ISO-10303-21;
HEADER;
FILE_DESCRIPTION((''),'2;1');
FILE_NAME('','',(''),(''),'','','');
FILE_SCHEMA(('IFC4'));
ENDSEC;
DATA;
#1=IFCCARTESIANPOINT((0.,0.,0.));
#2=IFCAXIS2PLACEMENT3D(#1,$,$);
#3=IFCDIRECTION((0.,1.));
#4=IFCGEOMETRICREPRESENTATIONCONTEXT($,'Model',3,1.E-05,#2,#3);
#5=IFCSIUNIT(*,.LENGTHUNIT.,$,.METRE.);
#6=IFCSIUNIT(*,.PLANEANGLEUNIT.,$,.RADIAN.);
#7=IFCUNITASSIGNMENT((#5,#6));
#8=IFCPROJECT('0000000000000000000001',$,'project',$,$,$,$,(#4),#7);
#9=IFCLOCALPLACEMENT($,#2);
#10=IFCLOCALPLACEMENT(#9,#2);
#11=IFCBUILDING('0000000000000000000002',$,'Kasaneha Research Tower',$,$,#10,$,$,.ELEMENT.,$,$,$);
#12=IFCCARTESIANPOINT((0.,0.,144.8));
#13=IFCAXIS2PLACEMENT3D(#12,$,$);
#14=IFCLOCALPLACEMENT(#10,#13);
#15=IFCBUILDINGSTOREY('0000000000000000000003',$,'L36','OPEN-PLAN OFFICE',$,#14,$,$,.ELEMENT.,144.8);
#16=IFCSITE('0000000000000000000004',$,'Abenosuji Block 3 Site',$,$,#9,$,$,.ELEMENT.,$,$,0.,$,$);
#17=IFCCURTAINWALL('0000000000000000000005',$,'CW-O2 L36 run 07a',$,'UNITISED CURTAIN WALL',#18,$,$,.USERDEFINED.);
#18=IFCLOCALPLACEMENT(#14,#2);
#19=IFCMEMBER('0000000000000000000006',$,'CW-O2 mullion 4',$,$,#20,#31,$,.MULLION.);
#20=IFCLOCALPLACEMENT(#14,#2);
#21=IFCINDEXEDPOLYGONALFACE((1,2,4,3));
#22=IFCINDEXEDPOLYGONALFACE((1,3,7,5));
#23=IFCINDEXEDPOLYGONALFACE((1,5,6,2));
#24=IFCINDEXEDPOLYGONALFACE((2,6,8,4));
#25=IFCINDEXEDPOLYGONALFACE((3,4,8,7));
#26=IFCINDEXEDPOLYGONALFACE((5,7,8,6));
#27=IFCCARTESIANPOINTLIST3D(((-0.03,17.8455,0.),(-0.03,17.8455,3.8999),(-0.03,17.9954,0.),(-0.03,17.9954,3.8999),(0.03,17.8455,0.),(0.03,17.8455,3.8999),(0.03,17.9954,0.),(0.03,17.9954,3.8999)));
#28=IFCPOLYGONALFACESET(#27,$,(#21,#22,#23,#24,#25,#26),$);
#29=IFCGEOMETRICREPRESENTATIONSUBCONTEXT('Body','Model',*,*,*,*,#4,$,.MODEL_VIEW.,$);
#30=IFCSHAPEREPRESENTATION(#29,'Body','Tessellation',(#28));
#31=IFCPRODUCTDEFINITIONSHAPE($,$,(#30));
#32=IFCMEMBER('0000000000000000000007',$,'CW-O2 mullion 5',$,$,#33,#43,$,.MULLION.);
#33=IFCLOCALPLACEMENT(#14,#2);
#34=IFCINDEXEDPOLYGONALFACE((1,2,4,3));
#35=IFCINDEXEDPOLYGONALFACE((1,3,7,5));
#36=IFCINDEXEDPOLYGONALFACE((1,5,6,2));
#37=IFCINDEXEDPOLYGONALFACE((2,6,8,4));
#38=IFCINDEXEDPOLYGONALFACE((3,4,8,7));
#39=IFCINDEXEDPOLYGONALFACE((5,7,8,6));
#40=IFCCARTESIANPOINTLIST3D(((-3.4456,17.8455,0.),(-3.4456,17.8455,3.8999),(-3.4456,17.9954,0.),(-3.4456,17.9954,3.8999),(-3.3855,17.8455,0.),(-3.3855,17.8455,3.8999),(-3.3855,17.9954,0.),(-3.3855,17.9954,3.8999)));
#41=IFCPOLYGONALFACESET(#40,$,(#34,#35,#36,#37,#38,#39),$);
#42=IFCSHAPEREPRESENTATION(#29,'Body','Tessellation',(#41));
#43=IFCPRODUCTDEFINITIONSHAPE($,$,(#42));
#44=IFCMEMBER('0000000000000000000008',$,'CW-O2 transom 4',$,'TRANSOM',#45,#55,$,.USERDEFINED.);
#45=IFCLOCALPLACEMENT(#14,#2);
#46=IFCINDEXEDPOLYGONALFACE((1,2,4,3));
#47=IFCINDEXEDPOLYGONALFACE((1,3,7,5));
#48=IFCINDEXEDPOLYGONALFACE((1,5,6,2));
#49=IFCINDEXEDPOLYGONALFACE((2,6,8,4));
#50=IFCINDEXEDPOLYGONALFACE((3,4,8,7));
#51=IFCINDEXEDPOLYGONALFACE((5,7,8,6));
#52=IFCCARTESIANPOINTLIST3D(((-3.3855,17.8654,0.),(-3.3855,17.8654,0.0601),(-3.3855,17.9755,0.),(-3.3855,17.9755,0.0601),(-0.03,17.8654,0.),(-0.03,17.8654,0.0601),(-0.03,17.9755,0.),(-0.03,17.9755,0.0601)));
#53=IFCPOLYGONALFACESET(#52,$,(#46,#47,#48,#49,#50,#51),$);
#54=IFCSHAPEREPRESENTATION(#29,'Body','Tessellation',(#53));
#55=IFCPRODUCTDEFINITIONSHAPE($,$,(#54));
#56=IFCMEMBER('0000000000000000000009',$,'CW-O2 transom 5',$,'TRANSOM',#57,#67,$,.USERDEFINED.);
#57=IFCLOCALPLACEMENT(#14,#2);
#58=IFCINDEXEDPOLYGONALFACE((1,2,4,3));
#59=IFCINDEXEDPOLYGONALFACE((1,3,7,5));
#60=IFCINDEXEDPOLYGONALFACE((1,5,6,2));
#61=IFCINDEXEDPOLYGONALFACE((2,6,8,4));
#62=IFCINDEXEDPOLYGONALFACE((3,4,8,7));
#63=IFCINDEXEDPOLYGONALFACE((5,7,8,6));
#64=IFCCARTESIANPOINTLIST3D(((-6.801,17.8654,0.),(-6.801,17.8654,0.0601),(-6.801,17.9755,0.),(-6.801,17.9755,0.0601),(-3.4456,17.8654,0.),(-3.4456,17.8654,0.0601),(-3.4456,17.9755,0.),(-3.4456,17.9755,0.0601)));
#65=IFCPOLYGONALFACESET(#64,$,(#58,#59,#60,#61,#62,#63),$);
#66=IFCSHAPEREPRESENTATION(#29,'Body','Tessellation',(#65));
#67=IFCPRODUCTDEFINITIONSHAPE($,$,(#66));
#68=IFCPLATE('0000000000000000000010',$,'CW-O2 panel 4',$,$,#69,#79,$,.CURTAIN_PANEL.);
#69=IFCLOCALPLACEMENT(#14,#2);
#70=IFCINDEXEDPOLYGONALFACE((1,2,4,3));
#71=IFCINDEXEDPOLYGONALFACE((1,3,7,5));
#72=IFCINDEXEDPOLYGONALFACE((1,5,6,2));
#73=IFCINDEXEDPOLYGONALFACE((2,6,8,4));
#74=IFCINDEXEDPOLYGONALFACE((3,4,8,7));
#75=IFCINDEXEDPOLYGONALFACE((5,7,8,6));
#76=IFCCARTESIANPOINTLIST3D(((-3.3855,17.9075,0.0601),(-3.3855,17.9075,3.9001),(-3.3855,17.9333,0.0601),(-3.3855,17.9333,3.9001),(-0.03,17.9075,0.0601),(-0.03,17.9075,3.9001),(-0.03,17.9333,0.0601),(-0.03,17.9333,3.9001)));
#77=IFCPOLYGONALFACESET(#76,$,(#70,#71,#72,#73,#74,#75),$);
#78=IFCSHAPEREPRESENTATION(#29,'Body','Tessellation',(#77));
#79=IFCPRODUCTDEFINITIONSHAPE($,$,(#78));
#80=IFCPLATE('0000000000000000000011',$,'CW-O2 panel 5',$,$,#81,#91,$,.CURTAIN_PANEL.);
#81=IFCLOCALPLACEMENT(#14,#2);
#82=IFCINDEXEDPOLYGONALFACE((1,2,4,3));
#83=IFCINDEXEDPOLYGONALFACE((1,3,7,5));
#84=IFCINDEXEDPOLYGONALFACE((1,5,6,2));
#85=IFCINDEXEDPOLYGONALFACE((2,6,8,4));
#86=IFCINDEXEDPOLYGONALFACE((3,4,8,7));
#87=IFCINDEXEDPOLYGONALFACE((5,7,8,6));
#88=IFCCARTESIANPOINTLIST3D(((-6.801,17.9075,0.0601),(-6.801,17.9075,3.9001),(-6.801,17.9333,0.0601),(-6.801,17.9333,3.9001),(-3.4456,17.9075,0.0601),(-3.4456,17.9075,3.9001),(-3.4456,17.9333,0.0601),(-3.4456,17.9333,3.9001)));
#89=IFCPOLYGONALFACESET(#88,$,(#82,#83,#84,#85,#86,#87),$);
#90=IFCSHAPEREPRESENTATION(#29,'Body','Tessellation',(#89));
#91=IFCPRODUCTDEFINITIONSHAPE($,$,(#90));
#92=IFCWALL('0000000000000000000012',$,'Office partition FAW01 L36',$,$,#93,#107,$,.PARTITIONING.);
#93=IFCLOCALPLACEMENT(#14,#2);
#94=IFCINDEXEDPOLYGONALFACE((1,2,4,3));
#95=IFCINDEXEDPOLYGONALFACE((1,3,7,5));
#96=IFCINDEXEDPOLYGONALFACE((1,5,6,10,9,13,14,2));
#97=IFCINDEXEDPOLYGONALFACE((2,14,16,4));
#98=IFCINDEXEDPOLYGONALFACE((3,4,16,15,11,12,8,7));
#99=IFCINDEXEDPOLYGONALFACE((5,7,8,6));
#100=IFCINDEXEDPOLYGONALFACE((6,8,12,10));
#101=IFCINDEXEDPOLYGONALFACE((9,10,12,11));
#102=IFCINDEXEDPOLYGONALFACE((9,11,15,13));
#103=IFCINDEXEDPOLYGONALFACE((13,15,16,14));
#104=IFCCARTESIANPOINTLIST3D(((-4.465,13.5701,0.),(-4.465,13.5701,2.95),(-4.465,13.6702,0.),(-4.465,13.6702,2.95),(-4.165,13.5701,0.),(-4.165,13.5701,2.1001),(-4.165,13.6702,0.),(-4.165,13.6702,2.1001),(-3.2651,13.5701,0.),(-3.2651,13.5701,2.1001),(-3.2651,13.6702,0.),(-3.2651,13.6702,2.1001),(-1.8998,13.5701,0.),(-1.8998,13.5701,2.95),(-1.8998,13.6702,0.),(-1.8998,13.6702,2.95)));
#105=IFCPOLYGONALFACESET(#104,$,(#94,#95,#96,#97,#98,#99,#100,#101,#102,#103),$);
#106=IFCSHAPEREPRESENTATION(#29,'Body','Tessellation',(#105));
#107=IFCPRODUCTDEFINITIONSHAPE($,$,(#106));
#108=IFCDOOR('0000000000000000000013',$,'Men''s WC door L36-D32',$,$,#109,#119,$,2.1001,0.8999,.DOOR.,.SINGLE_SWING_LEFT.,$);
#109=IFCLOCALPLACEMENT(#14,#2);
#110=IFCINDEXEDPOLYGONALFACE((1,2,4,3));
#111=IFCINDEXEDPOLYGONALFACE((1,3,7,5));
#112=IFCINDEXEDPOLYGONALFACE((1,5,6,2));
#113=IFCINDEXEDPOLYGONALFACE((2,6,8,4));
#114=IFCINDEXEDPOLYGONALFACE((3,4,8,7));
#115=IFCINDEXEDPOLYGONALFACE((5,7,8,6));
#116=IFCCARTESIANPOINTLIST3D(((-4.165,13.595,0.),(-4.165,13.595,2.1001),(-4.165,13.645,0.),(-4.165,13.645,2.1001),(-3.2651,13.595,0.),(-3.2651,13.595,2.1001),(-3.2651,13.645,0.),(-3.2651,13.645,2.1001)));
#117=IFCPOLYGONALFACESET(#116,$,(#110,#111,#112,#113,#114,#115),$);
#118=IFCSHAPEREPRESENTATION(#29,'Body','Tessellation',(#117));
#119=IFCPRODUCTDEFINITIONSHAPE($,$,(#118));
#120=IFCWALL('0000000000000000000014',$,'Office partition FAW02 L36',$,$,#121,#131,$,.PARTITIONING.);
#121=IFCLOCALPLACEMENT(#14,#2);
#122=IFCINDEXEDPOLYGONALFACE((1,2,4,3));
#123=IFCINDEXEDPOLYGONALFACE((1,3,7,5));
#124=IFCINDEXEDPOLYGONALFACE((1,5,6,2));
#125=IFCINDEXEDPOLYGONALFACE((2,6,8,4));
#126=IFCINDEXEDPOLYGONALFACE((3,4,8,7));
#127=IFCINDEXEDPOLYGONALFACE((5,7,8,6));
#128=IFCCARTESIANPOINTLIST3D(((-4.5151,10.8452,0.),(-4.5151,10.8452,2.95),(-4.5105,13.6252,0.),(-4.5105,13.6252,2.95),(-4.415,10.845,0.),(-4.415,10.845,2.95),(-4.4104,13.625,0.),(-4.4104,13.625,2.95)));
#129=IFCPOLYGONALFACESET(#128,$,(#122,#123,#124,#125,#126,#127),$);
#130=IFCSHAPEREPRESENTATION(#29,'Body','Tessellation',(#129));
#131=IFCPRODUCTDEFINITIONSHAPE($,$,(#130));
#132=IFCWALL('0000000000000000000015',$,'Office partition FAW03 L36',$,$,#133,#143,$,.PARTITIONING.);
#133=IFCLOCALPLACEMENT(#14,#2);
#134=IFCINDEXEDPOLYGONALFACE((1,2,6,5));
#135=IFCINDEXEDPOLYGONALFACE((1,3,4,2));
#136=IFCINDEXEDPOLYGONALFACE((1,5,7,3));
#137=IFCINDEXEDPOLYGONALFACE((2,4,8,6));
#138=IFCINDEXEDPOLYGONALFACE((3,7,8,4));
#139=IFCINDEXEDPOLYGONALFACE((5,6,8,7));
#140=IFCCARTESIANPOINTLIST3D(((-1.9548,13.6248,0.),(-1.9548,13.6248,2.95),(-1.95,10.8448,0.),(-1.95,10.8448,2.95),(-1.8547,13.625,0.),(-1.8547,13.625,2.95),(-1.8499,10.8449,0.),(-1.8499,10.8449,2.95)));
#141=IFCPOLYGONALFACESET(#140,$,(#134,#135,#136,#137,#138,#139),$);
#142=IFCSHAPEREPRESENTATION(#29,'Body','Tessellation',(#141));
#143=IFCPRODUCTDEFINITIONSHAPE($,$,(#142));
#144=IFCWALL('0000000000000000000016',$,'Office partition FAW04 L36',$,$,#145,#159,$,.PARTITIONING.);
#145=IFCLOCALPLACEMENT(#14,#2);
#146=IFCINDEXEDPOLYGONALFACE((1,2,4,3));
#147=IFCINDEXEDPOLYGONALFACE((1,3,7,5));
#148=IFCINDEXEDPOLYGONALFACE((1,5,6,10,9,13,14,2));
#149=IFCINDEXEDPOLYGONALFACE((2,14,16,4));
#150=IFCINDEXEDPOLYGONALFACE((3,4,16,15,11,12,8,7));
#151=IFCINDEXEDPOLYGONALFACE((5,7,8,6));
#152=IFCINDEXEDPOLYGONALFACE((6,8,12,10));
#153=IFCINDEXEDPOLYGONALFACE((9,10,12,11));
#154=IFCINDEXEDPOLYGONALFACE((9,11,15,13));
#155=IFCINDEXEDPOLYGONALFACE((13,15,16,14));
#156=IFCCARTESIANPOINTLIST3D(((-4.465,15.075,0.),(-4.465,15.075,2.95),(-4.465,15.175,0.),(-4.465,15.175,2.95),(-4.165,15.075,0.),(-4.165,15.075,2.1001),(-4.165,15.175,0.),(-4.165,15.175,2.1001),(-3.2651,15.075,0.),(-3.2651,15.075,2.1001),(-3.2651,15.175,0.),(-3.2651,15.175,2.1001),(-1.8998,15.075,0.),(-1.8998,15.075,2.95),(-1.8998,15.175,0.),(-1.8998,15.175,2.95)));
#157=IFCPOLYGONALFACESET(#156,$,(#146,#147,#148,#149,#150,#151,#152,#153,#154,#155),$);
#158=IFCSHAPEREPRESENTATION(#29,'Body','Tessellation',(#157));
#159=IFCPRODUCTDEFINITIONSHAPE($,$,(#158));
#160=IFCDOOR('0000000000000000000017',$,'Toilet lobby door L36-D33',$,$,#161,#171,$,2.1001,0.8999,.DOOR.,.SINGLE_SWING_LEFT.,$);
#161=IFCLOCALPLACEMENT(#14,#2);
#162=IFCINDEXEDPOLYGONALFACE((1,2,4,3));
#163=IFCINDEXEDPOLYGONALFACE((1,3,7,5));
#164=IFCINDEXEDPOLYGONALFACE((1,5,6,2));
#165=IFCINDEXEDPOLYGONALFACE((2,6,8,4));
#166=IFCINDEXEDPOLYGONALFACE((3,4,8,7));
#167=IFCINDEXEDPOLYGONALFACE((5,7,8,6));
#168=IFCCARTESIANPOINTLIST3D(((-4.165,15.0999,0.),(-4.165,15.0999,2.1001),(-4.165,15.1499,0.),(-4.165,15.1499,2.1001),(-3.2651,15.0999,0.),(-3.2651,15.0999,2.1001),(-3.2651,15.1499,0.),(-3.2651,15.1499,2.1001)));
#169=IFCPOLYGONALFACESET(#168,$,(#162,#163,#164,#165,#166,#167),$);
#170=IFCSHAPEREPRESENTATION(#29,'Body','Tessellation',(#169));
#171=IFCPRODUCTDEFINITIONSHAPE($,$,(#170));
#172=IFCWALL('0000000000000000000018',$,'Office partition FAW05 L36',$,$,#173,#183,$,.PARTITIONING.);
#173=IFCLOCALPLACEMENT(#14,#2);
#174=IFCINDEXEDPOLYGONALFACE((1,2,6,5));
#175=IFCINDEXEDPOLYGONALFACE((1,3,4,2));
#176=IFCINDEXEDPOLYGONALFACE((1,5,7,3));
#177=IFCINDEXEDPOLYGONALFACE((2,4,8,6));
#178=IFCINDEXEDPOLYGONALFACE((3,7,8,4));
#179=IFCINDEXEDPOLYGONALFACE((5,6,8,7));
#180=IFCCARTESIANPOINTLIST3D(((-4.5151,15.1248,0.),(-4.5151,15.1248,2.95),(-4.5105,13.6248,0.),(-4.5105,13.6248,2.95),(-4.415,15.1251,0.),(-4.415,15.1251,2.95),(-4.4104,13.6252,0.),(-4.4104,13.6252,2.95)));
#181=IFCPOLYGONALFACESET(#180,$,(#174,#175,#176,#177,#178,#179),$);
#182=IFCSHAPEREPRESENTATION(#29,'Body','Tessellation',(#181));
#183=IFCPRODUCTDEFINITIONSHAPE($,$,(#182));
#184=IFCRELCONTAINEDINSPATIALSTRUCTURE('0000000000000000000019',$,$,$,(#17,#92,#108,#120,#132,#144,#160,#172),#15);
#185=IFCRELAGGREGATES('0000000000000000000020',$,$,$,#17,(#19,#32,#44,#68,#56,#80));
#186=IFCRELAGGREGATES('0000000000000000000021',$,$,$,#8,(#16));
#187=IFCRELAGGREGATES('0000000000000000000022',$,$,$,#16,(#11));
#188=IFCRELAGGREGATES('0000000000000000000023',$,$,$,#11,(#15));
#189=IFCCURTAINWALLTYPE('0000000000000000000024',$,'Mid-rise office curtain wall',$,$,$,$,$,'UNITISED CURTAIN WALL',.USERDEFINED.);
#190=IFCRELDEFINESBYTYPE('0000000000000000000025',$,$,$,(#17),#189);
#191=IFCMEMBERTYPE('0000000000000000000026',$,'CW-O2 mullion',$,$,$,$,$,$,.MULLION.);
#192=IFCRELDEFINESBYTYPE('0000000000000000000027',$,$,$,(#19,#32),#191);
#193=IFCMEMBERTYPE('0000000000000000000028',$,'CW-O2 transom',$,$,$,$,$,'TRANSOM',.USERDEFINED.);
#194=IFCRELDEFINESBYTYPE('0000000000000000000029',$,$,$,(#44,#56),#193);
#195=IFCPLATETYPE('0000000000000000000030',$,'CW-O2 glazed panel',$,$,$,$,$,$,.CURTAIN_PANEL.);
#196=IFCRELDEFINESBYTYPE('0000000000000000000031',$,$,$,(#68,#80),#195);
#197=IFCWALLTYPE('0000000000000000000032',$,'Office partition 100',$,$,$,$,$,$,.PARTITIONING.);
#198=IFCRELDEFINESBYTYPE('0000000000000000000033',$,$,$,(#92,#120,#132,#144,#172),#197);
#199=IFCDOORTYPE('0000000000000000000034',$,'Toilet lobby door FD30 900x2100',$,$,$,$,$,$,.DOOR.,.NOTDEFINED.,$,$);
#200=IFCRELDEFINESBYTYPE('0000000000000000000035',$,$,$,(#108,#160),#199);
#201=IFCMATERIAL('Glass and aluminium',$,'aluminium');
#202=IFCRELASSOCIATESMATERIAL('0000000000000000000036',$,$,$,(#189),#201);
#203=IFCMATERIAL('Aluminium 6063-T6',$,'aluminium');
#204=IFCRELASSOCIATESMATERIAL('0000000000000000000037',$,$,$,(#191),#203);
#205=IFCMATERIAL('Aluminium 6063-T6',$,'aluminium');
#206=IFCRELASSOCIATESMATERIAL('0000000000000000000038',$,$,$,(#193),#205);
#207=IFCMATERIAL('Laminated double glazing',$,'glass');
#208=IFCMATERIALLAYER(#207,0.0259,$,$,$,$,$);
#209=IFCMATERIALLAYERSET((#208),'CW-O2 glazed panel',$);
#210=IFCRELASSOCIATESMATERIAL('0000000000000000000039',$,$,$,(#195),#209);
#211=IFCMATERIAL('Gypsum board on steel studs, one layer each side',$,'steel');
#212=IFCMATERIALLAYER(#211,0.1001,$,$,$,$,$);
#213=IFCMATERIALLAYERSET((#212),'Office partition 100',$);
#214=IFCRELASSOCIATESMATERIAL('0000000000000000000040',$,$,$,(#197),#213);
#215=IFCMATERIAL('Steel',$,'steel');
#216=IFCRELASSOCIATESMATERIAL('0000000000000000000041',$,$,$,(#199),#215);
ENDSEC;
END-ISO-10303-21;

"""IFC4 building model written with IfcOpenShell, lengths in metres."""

from ifc_helpers import new_model, si_unit, direction, frame, frame_2d, origin, origin_2d, place, context, subcontext, project, spatial, rectangle, extrude, material, layer, layer_set, material_profile, profile_set, type_object, element, fill, aggregate, save


model = new_model("IFC4")

# Units and contexts
model_context = context("Model", 3, precision=1e-05, world=origin(), true_north=direction((0.0, 1.0)))
body_context = subcontext(model_context, "Body", "Model", "MODEL_VIEW")
ifc_project = project(units=[si_unit("LENGTHUNIT", "METRE"), si_unit("PLANEANGLEUNIT", "RADIAN")], contexts=[model_context])

# Site, building, storey
site_placement = place(None, origin())
site = spatial("IfcSite", under=ifc_project, at=site_placement, Name="Abenosuji Block 3 Site", CompositionType="ELEMENT", RefElevation=0.0)
building_placement = place(site_placement, origin())
building = spatial("IfcBuilding", under=site, at=building_placement, Name="Kasaneha Research Tower", CompositionType="ELEMENT")
storey_placement = place(building_placement, frame((0.0, 0.0, 144.8)))
storey = spatial("IfcBuildingStorey", under=building, at=storey_placement, Name="L36", Description="OPEN-PLAN OFFICE", CompositionType="ELEMENT", Elevation=144.8)

# Curtain wall, members, plates
ifc_material_1 = material(Name="Glass and aluminium", Category="aluminium")
curtain_wall_type = type_object("IfcCurtainWallType", Name="Mid-rise office curtain wall", ElementType="UNITISED CURTAIN WALL", PredefinedType="USERDEFINED", material=ifc_material_1)
curtain_wall_placement = place(storey_placement, origin())
curtain_wall = element("IfcCurtainWall", 1, at=curtain_wall_placement, inside=storey, type_object=curtain_wall_type, Name="CW-O2 L36 run 07a", ObjectType="UNITISED CURTAIN WALL", PredefinedType="USERDEFINED")
ifc_material_2 = material(Name="Aluminium 6063-T6", Category="aluminium")
ifc_material_profile_1 = material_profile(ifc_material_2, rectangle(XDim=0.0601, YDim=0.1499, at=origin_2d()), Name="CW-O2 mullion 60x150")
ifc_profile_set_1 = profile_set([ifc_material_profile_1], Name="Aluminium 6063-T6")
member_type_1 = type_object("IfcMemberType", Name="CW-O2 mullion", PredefinedType="MULLION", material=ifc_profile_set_1)
member_1_placement = place(storey_placement, frame((0.0, 17.9204, 0.0), z_axis=(0.0, 0.0, 1.0), x_axis=(-1.0, 0.0, 0.0)))
member_1 = element("IfcMember", 2, at=member_1_placement, type_object=member_type_1, Name="CW-O2 mullion 4", PredefinedType="MULLION", context=body_context, shape_type="SweptSolid", body=[
    extrude(rectangle(XDim=0.0601, YDim=0.1499, at=origin_2d()), origin(), (0.0, 0.0, 1.0), 3.8999),
])
member_2_placement = place(storey_placement, frame((-3.4155, 17.9204, 0.0), z_axis=(0.0, 0.0, 1.0), x_axis=(-1.0, 0.0, 0.0)))
member_2 = element("IfcMember", 3, at=member_2_placement, type_object=member_type_1, Name="CW-O2 mullion 5", PredefinedType="MULLION", context=body_context, shape_type="SweptSolid", body=[
    extrude(rectangle(XDim=0.0601, YDim=0.1499, at=origin_2d()), origin(), (0.0, 0.0, 1.0), 3.8999),
])
ifc_material_3 = material(Name="Aluminium 6063-T6", Category="aluminium")
ifc_material_profile_2 = material_profile(ifc_material_3, rectangle(XDim=0.1101, YDim=0.0601, at=origin_2d()), Name="CW-O2 transom 110x60")
ifc_profile_set_2 = profile_set([ifc_material_profile_2], Name="Aluminium 6063-T6")
member_type_2 = type_object("IfcMemberType", Name="CW-O2 transom", ElementType="TRANSOM", PredefinedType="USERDEFINED", material=ifc_profile_set_2)
member_3_placement = place(storey_placement, frame((-0.03, 17.9204, 0.03), z_axis=(-1.0, 0.0, 0.0), x_axis=(0.0, -1.0, 0.0)))
member_3 = element("IfcMember", 4, at=member_3_placement, type_object=member_type_2, Name="CW-O2 transom 4", ObjectType="TRANSOM", PredefinedType="USERDEFINED", context=body_context, shape_type="SweptSolid", body=[
    extrude(rectangle(XDim=0.1101, YDim=0.0601, at=origin_2d()), origin(), (0.0, 0.0, 1.0), 3.3555),
])
member_4_placement = place(storey_placement, frame((-3.4456, 17.9204, 0.03), z_axis=(-1.0, 0.0, 0.0), x_axis=(0.0, -1.0, 0.0)))
member_4 = element("IfcMember", 5, at=member_4_placement, type_object=member_type_2, Name="CW-O2 transom 5", ObjectType="TRANSOM", PredefinedType="USERDEFINED", context=body_context, shape_type="SweptSolid", body=[
    extrude(rectangle(XDim=0.1101, YDim=0.0601, at=origin_2d()), origin(), (0.0, 0.0, 1.0), 3.3555),
])
ifc_material_4 = material(Name="Laminated double glazing", Category="glass")
ifc_layer_1 = layer(ifc_material_4, 0.0259)
ifc_layer_set_1 = layer_set([ifc_layer_1], Name="CW-O2 glazed panel")
plate_type = type_object("IfcPlateType", Name="CW-O2 glazed panel", PredefinedType="CURTAIN_PANEL", material=ifc_layer_set_1)
plate_1_placement = place(storey_placement, frame((-1.7078, 17.9204, 0.0601), z_axis=(0.0, 0.0, 1.0), x_axis=(-1.0, 0.0, 0.0)))
plate_1 = element("IfcPlate", 6, at=plate_1_placement, type_object=plate_type, Name="CW-O2 panel 4", PredefinedType="CURTAIN_PANEL", context=body_context, shape_type="SweptSolid", body=[
    extrude(rectangle(XDim=3.3555, YDim=0.0259, at=origin_2d()), origin(), (0.0, 0.0, 1.0), 3.8401),
])
plate_2_placement = place(storey_placement, frame((-5.1233, 17.9204, 0.0601), z_axis=(0.0, 0.0, 1.0), x_axis=(-1.0, 0.0, 0.0)))
plate_2 = element("IfcPlate", 7, at=plate_2_placement, type_object=plate_type, Name="CW-O2 panel 5", PredefinedType="CURTAIN_PANEL", context=body_context, shape_type="SweptSolid", body=[
    extrude(rectangle(XDim=3.3555, YDim=0.0259, at=origin_2d()), origin(), (0.0, 0.0, 1.0), 3.8401),
])
aggregate(curtain_wall, [member_1, member_2, member_3, plate_1, member_4, plate_2])

# Wall, opening, door
ifc_material_5 = material(Name="Gypsum board on steel studs, one layer each side", Category="steel")
ifc_layer_2 = layer(ifc_material_5, 0.1001)
ifc_layer_set_2 = layer_set([ifc_layer_2], Name="Office partition 100")
wall_type_1 = type_object("IfcWallType", Name="Office partition 100", PredefinedType="PARTITIONING", material=ifc_layer_set_2)
wall_1_placement = place(storey_placement, frame((-4.4651, 13.6201, 0.0), z_axis=(0.0, 0.0, 1.0), x_axis=(1.0, 0.0, 0.0)))
wall_1 = element("IfcWall", 8, at=wall_1_placement, inside=storey, type_object=wall_type_1, Name="Office partition FAW01 L36", PredefinedType="PARTITIONING", context=body_context, shape_type="SweptSolid", body=[
    extrude(rectangle(XDim=2.5652, YDim=0.1001, at=frame_2d((1.2827, 0.0))), origin(), (0.0, 0.0, 1.0), 2.95),
])
opening_1_placement = place(wall_1_placement, frame((0.3, 0.0, 0.0)))
opening_1 = element("IfcOpeningElement", 9, at=opening_1_placement, cuts=wall_1, PredefinedType="OPENING", context=body_context, shape_type="SweptSolid", body=[
    extrude(rectangle(XDim=0.8999, YDim=2.1001, at=frame_2d((0.45, 1.05))), frame((0.0, 0.0601, 0.0), z_axis=(0.0, -1.0, 0.0), x_axis=(1.0, 0.0, 0.0)), (0.0, 0.0, 1.0), 0.1201),
])
ifc_material_6 = material(Name="Steel", Category="steel")
door_type_1 = type_object("IfcDoorType", Name="Toilet lobby door FD30 900x2100", OperationType="NOTDEFINED", PredefinedType="DOOR", material=ifc_material_6)
door_1_placement = place(opening_1_placement, origin())
door_1 = element("IfcDoor", 10, at=door_1_placement, inside=storey, type_object=door_type_1, Name="Men's WC door L36-D32", OperationType="SINGLE_SWING_LEFT", OverallHeight=2.1001, OverallWidth=0.8999, PredefinedType="DOOR", context=body_context, shape_type="SweptSolid", body=[
    extrude(rectangle(XDim=0.8999, YDim=2.1001, at=frame_2d((0.45, 1.05))), frame((0.0, 0.0249, 0.0), z_axis=(0.0, -1.0, 0.0), x_axis=(1.0, 0.0, 0.0)), (0.0, 0.0, 1.0), 0.05),
])
fill(opening_1, door_1)

# Walls
for number, where, z_axis, x_axis, name in (
    (11, (-4.4651, 10.845, 0.0), (0.0, 0.0, 1.0), (0.001669, 0.999999, 0.0), "Office partition FAW02 L36"),
    (12, (-1.9048, 13.625, 0.0), (0.0, 0.0, 1.0), (0.001756, -0.999998, 0.0), "Office partition FAW03 L36"),
):
    element("IfcWall", number, at=place(storey_placement, frame(where, z_axis=z_axis, x_axis=x_axis)), inside=storey, type_object=wall_type_1, Name=name, PredefinedType="PARTITIONING", context=body_context, shape_type="SweptSolid", body=[
        extrude(rectangle(XDim=2.78, YDim=0.1001, at=frame_2d((1.3901, 0.0))), origin(), (0.0, 0.0, 1.0), 2.95),
    ])

# Wall, opening, door
wall_2_placement = place(storey_placement, frame((-4.4651, 15.125, 0.0), z_axis=(0.0, 0.0, 1.0), x_axis=(1.0, 0.0, 0.0)))
wall_2 = element("IfcWall", 13, at=wall_2_placement, inside=storey, type_object=wall_type_1, Name="Office partition FAW04 L36", PredefinedType="PARTITIONING", context=body_context, shape_type="SweptSolid", body=[
    extrude(rectangle(XDim=2.5652, YDim=0.1001, at=frame_2d((1.2827, 0.0))), origin(), (0.0, 0.0, 1.0), 2.95),
])
opening_2_placement = place(wall_2_placement, frame((0.3, 0.0, 0.0)))
opening_2 = element("IfcOpeningElement", 14, at=opening_2_placement, cuts=wall_2, PredefinedType="OPENING", context=body_context, shape_type="SweptSolid", body=[
    extrude(rectangle(XDim=0.8999, YDim=2.1001, at=frame_2d((0.45, 1.05))), frame((0.0, 0.0601, 0.0), z_axis=(0.0, -1.0, 0.0), x_axis=(1.0, 0.0, 0.0)), (0.0, 0.0, 1.0), 0.1201),
])
door_2_placement = place(opening_2_placement, origin())
door_2 = element("IfcDoor", 15, at=door_2_placement, inside=storey, type_object=door_type_1, Name="Toilet lobby door L36-D33", OperationType="SINGLE_SWING_LEFT", OverallHeight=2.1001, OverallWidth=0.8999, PredefinedType="DOOR", context=body_context, shape_type="SweptSolid", body=[
    extrude(rectangle(XDim=0.8999, YDim=2.1001, at=frame_2d((0.45, 1.05))), frame((0.0, 0.0249, 0.0), z_axis=(0.0, -1.0, 0.0), x_axis=(1.0, 0.0, 0.0)), (0.0, 0.0, 1.0), 0.05),
])
fill(opening_2, door_2)

# Wall
for number, where, z_axis, x_axis, name in (
    (16, (-4.4604, 13.625, 0.0), (0.0, 0.0, 1.0), (-0.003092, 0.999995, 0.0), "Office partition FAW05 L36"),
):
    element("IfcWall", number, at=place(storey_placement, frame(where, z_axis=z_axis, x_axis=x_axis)), inside=storey, type_object=wall_type_1, Name=name, PredefinedType="PARTITIONING", context=body_context, shape_type="SweptSolid", body=[
        extrude(rectangle(XDim=1.5, YDim=0.1001, at=frame_2d((0.75, 0.0))), origin(), (0.0, 0.0, 1.0), 2.95),
    ])

save(model, "model.ifc")
